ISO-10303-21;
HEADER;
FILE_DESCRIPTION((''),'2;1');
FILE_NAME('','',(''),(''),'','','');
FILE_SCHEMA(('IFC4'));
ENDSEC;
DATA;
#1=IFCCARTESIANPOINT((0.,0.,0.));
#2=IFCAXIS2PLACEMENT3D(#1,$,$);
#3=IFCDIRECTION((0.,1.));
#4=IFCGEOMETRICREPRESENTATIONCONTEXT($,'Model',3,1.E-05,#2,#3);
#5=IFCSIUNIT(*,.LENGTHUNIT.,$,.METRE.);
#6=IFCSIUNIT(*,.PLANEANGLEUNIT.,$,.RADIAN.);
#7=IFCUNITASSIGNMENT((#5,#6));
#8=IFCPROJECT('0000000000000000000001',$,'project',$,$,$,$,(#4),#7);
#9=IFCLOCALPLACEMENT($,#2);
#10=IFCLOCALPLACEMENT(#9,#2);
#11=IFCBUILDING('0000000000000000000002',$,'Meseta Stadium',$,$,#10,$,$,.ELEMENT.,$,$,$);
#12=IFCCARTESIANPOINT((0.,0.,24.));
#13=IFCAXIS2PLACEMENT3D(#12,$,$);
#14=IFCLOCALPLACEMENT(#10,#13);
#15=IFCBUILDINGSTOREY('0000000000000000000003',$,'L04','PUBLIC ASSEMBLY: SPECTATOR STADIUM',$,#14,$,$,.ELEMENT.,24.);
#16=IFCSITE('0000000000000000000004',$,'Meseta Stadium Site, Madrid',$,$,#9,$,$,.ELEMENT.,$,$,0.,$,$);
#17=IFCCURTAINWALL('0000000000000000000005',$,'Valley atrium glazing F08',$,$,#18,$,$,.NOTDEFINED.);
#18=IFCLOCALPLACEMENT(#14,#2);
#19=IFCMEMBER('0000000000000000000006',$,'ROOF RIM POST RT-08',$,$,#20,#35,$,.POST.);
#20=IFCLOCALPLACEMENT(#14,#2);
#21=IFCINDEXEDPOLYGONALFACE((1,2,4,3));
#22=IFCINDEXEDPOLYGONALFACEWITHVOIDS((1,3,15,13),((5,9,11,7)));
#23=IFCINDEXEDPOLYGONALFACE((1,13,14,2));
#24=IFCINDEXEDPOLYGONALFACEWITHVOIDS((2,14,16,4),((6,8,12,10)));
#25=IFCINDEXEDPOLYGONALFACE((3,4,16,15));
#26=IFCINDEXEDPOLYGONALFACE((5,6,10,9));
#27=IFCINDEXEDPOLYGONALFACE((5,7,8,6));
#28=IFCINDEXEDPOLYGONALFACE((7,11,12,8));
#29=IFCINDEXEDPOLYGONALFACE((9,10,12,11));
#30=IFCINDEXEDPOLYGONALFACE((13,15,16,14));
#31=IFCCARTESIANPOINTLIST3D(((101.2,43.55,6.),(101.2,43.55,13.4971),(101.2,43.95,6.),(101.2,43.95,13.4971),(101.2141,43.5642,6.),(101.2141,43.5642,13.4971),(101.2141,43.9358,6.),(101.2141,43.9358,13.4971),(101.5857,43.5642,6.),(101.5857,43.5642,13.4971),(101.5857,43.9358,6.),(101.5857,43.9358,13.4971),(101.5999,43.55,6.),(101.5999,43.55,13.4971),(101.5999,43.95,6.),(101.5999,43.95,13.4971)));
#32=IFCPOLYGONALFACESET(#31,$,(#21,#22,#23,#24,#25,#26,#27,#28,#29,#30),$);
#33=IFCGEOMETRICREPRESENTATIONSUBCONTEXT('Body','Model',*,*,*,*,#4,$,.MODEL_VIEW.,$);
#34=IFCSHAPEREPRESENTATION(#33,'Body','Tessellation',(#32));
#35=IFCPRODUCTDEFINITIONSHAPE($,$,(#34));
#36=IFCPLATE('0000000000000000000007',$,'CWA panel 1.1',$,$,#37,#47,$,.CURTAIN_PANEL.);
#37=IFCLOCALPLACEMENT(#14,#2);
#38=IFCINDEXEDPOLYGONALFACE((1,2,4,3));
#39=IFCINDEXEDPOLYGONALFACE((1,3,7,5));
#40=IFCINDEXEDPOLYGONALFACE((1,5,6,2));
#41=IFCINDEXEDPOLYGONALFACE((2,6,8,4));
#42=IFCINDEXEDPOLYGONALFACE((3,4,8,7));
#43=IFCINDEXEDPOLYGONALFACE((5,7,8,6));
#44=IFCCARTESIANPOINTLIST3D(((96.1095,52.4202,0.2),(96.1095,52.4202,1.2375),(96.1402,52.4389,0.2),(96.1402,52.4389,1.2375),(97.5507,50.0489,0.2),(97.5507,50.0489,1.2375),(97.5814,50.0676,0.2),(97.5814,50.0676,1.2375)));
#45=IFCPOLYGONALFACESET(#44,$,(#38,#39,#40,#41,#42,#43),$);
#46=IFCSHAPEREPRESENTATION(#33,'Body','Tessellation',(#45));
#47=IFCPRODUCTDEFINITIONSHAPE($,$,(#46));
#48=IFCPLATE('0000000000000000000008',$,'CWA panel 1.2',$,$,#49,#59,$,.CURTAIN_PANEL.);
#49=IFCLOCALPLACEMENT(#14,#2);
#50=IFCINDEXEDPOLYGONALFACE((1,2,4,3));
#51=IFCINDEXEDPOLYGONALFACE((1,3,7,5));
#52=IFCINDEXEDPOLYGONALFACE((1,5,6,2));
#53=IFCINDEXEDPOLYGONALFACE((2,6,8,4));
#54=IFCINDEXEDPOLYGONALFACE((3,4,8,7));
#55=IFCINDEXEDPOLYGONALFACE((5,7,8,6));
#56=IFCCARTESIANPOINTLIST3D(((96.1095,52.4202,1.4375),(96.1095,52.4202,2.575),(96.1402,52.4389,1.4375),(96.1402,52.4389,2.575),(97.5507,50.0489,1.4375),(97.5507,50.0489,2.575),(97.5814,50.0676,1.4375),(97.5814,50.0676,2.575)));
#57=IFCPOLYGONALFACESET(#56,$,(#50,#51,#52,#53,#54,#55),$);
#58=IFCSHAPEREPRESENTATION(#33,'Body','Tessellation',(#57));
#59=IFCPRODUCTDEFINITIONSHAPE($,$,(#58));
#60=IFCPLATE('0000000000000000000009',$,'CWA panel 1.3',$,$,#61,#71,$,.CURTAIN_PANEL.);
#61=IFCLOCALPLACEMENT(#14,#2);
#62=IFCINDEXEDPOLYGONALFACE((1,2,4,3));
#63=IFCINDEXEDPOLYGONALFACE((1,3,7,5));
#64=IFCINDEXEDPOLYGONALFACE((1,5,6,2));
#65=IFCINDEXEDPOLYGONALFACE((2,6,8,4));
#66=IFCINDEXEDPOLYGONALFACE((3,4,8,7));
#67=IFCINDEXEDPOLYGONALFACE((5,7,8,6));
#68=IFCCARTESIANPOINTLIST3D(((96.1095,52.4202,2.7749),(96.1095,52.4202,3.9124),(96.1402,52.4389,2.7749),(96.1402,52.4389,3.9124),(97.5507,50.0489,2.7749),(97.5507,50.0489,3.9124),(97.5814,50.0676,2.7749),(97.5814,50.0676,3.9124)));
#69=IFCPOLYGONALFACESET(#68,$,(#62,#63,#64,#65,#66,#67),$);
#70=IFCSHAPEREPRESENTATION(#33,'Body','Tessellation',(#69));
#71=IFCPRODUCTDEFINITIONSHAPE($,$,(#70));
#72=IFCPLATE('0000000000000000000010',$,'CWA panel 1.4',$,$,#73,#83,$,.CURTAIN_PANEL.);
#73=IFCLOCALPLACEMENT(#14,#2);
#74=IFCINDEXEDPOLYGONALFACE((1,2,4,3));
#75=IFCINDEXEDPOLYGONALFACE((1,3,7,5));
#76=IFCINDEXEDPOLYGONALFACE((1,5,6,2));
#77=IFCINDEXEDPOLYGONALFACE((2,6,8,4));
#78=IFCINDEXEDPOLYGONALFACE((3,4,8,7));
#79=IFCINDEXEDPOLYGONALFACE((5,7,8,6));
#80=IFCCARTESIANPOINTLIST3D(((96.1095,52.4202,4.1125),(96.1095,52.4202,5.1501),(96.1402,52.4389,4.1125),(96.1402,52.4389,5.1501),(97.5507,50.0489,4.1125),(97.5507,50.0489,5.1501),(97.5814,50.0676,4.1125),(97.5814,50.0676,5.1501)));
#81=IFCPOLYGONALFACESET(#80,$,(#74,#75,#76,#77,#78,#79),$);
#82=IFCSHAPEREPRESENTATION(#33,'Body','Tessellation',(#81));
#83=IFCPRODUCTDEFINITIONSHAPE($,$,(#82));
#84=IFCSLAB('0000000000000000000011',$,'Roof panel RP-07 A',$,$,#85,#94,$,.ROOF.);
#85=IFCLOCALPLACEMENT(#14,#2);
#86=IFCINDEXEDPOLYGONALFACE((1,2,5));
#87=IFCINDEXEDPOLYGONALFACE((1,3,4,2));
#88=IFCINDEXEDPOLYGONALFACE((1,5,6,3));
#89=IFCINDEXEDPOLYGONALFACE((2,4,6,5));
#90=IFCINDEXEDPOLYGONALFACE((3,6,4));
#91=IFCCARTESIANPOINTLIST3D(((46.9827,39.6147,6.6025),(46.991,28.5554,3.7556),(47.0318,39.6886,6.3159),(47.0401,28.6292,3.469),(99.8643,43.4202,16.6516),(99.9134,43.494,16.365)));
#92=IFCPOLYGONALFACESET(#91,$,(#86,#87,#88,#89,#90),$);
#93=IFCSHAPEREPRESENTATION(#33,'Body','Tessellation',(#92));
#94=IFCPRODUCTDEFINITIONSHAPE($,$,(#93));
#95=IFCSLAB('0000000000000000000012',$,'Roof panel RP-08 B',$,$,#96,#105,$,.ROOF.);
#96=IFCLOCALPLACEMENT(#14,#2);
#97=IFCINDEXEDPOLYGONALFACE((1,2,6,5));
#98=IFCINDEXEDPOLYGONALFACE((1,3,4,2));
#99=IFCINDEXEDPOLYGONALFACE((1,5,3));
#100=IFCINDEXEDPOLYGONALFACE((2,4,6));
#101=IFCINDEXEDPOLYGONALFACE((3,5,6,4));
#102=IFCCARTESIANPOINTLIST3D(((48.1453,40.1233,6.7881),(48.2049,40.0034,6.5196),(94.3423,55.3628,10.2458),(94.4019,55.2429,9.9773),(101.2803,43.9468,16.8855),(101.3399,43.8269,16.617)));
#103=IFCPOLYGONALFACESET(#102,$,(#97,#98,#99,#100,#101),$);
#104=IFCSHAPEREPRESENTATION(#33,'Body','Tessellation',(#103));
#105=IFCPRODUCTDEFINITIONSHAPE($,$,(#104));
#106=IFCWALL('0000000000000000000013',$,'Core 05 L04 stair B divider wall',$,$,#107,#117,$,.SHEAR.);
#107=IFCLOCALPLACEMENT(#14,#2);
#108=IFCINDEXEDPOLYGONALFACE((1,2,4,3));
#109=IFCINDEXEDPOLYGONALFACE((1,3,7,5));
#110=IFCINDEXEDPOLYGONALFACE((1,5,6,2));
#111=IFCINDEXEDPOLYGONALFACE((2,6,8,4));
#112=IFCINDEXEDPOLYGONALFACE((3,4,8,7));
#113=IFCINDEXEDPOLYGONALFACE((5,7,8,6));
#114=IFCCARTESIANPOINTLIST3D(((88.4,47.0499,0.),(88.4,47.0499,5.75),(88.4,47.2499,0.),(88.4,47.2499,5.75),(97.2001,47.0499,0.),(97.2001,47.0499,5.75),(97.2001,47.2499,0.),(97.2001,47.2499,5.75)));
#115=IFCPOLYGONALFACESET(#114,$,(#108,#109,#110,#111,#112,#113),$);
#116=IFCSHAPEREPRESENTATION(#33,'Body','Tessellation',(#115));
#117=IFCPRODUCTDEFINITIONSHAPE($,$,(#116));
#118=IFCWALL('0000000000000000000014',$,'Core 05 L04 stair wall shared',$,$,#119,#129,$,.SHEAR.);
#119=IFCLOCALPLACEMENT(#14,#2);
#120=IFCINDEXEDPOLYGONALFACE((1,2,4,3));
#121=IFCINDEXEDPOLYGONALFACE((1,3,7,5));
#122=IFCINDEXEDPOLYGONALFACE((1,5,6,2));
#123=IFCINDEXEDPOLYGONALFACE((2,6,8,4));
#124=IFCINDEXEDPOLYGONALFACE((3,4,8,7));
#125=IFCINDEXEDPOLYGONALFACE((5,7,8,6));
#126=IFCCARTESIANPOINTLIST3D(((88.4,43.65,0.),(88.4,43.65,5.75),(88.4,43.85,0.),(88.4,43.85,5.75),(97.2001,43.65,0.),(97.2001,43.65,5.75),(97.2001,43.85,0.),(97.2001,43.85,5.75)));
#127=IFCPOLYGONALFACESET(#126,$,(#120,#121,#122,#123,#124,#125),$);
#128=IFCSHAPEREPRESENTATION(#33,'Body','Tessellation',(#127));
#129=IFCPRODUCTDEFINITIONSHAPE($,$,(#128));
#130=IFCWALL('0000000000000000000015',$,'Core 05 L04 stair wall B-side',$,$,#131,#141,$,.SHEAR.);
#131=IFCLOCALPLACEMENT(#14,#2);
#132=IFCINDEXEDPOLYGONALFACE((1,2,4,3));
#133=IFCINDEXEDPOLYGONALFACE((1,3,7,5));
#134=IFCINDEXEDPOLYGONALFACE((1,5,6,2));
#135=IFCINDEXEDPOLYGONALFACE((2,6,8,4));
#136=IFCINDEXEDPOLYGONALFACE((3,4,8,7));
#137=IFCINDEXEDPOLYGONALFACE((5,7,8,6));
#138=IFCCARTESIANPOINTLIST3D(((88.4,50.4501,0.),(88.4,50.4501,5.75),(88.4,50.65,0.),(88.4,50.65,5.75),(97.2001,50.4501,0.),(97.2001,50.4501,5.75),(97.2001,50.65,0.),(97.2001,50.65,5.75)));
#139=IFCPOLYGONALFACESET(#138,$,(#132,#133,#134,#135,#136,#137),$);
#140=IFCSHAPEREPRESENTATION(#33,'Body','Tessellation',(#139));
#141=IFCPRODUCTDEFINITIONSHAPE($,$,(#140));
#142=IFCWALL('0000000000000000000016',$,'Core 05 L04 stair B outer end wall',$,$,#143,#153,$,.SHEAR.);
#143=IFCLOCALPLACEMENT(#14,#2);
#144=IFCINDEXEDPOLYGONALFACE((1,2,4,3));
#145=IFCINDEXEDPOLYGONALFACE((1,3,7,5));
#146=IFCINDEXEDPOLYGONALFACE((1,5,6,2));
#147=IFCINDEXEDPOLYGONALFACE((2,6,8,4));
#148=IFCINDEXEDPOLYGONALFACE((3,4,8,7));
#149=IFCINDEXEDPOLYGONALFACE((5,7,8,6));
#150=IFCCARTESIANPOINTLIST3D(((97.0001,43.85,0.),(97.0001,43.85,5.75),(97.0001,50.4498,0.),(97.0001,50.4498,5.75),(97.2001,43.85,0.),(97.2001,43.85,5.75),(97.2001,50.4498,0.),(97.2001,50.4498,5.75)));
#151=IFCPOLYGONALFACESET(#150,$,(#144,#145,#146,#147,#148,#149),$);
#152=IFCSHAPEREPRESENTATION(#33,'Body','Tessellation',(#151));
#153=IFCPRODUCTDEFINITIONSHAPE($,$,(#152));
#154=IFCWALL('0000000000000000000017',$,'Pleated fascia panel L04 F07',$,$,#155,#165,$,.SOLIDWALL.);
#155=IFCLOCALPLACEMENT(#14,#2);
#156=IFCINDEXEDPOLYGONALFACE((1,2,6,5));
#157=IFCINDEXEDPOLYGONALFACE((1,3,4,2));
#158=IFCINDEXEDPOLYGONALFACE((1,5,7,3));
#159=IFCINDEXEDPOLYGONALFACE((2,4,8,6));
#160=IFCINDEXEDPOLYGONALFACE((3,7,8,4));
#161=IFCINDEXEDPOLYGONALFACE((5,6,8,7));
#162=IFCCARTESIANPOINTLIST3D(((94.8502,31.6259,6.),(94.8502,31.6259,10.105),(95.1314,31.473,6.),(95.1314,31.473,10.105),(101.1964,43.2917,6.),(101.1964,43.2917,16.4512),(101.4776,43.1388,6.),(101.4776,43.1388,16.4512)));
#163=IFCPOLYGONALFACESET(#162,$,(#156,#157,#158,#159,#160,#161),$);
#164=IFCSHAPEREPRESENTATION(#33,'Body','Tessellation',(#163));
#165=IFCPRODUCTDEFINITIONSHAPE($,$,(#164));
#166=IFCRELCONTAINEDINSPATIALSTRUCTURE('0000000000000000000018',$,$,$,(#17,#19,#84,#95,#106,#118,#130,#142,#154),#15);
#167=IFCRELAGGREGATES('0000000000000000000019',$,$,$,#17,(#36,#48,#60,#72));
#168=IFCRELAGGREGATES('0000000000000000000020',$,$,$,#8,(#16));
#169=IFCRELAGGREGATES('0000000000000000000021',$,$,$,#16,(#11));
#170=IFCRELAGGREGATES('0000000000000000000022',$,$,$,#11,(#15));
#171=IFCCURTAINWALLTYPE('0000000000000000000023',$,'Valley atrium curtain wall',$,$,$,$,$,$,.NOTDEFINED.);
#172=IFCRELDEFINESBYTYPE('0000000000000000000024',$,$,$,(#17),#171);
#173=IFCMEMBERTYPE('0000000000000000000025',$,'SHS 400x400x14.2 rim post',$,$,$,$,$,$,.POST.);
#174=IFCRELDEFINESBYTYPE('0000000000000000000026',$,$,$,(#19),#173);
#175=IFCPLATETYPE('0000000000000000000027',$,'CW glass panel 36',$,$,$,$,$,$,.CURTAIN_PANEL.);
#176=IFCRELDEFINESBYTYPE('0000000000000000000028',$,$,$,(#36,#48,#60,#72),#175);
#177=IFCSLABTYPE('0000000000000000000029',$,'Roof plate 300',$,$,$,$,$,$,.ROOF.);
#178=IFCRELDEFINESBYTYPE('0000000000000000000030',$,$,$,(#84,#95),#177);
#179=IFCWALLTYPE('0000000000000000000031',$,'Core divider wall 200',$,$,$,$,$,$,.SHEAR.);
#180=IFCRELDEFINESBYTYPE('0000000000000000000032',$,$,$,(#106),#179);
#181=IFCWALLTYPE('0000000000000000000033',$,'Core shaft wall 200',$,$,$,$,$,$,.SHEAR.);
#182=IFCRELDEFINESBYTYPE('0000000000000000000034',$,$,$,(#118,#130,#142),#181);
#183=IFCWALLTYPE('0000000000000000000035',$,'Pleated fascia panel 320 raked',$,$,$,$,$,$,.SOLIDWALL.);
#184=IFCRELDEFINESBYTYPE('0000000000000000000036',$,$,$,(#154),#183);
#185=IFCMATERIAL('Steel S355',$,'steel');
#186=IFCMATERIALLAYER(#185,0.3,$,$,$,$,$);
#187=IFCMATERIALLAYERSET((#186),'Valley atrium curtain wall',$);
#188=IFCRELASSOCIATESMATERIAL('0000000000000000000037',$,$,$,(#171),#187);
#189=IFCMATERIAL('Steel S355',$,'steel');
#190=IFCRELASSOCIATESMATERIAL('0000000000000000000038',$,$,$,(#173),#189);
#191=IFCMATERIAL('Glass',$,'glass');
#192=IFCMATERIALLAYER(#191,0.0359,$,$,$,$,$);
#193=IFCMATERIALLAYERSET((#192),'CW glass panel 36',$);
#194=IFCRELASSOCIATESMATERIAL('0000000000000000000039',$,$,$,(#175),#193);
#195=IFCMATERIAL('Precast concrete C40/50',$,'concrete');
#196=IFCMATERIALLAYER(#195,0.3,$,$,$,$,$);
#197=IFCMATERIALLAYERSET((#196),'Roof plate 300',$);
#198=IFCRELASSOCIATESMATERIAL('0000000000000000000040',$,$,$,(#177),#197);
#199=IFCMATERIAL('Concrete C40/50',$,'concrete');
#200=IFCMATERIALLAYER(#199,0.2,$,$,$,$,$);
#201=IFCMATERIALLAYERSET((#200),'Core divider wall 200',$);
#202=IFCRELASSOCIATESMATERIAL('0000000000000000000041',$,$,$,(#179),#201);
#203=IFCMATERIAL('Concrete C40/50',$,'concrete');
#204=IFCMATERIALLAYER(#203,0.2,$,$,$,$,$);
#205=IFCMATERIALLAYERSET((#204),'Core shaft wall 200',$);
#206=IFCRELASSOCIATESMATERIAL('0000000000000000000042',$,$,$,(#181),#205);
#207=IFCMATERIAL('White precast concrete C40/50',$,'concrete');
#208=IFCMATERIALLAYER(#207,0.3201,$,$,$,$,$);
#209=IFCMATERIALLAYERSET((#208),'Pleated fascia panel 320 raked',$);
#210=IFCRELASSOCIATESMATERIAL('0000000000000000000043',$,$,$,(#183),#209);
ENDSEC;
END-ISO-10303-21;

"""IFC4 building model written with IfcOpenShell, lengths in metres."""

from ifc_helpers import new_model, si_unit, direction, frame, frame_2d, origin, origin_2d, place, context, subcontext, project, spatial, polyline, rectangle, hollow_rectangle, outline, extrude, material, layer, layer_set, material_profile, profile_set, type_object, element, aggregate, save


model = new_model("IFC4")

# Units and contexts
model_context = context("Model", 3, precision=1e-05, world=origin(), true_north=direction((0.0, 1.0)))
body_context = subcontext(model_context, "Body", "Model", "MODEL_VIEW")
ifc_project = project(units=[si_unit("LENGTHUNIT", "METRE"), si_unit("PLANEANGLEUNIT", "RADIAN")], contexts=[model_context])

# Site, building, storey
site_placement = place(None, origin())
site = spatial("IfcSite", under=ifc_project, at=site_placement, Name="Meseta Stadium Site, Madrid", CompositionType="ELEMENT", RefElevation=0.0)
building_placement = place(site_placement, origin())
building = spatial("IfcBuilding", under=site, at=building_placement, Name="Meseta Stadium", CompositionType="ELEMENT")
storey_placement = place(building_placement, frame((0.0, 0.0, 24.0)))
storey = spatial("IfcBuildingStorey", under=building, at=storey_placement, Name="L04", Description="PUBLIC ASSEMBLY: SPECTATOR STADIUM", CompositionType="ELEMENT", Elevation=24.0)

# Curtain wall
ifc_material_1 = material(Name="Steel S355", Category="steel")
ifc_layer_1 = layer(ifc_material_1, 0.3)
ifc_layer_set_1 = layer_set([ifc_layer_1], Name="Valley atrium curtain wall")
curtain_wall_type = type_object("IfcCurtainWallType", Name="Valley atrium curtain wall", PredefinedType="NOTDEFINED", material=ifc_layer_set_1)
curtain_wall_placement = place(storey_placement, origin())
curtain_wall = element("IfcCurtainWall", 1, at=curtain_wall_placement, inside=storey, type_object=curtain_wall_type, Name="Valley atrium glazing F08", PredefinedType="NOTDEFINED")

# Member
ifc_material_2 = material(Name="Steel S355", Category="steel")
ifc_material_profile_1 = material_profile(ifc_material_2, hollow_rectangle(XDim=0.3999, YDim=0.3999, WallThickness=0.0142, at=origin_2d()), Name="SHS 400x400x14.2")
ifc_profile_set_1 = profile_set([ifc_material_profile_1], Name="Steel S355")
member_type_1 = type_object("IfcMemberType", Name="SHS 400x400x14.2 rim post", PredefinedType="POST", material=ifc_profile_set_1)
member_1_placement = place(storey_placement, frame((101.3999, 43.75, 6.0), z_axis=(0.0, 0.0, 1.0), x_axis=(1.0, 0.0, 0.0)))
element("IfcMember", 2, at=member_1_placement, inside=storey, type_object=member_type_1, Name="ROOF RIM POST RT-08", PredefinedType="POST", context=body_context, shape_type="SweptSolid", body=[
    extrude(hollow_rectangle(XDim=0.3999, YDim=0.3999, WallThickness=0.0142, at=origin_2d()), origin(), (0.0, 0.0, 1.0), 7.4971),
])

# Plates
ifc_material_3 = material(Name="Glass", Category="glass")
ifc_layer_2 = layer(ifc_material_3, 0.0359)
ifc_layer_set_2 = layer_set([ifc_layer_2], Name="CW glass panel 36")
plate_type = type_object("IfcPlateType", Name="CW glass panel 36", PredefinedType="CURTAIN_PANEL", material=ifc_layer_set_2)
plate_1_placement = place(storey_placement, frame((96.8455, 51.2439, 0.2), z_axis=(0.0, 0.0, 1.0), x_axis=(-0.519362, 0.854554, 0.0)))
plate_1 = element("IfcPlate", 3, at=plate_1_placement, type_object=plate_type, Name="CWA panel 1.1", PredefinedType="CURTAIN_PANEL", context=body_context, shape_type="SweptSolid", body=[
    extrude(rectangle(XDim=2.7749, YDim=0.0359, at=origin_2d()), origin(), (0.0, 0.0, 1.0), 1.0376),
])
plate_2_placement = place(storey_placement, frame((96.8455, 51.2439, 1.4375), z_axis=(0.0, 0.0, 1.0), x_axis=(-0.519362, 0.854554, 0.0)))
plate_2 = element("IfcPlate", 4, at=plate_2_placement, type_object=plate_type, Name="CWA panel 1.2", PredefinedType="CURTAIN_PANEL", context=body_context, shape_type="SweptSolid", body=[
    extrude(rectangle(XDim=2.7749, YDim=0.0359, at=origin_2d()), origin(), (0.0, 0.0, 1.0), 1.1375),
])
plate_3_placement = place(storey_placement, frame((96.8455, 51.2439, 2.7749), z_axis=(0.0, 0.0, 1.0), x_axis=(-0.519362, 0.854554, 0.0)))
plate_3 = element("IfcPlate", 5, at=plate_3_placement, type_object=plate_type, Name="CWA panel 1.3", PredefinedType="CURTAIN_PANEL", context=body_context, shape_type="SweptSolid", body=[
    extrude(rectangle(XDim=2.7749, YDim=0.0359, at=origin_2d()), origin(), (0.0, 0.0, 1.0), 1.1375),
])
plate_4_placement = place(storey_placement, frame((96.8455, 51.2439, 4.1125), z_axis=(0.0, 0.0, 1.0), x_axis=(-0.519362, 0.854554, 0.0)))
plate_4 = element("IfcPlate", 6, at=plate_4_placement, type_object=plate_type, Name="CWA panel 1.4", PredefinedType="CURTAIN_PANEL", context=body_context, shape_type="SweptSolid", body=[
    extrude(rectangle(XDim=2.7749, YDim=0.0359, at=origin_2d()), origin(), (0.0, 0.0, 1.0), 1.0376),
])
aggregate(curtain_wall, [plate_1, plate_2, plate_3, plate_4])

# Slabs
ifc_material_4 = material(Name="Precast concrete C40/50", Category="concrete")
ifc_layer_3 = layer(ifc_material_4, 0.3)
ifc_layer_set_3 = layer_set([ifc_layer_3], Name="Roof plate 300")
slab_type = type_object("IfcSlabType", Name="Roof plate 300", PredefinedType="ROOF", material=ifc_layer_set_3)
slab_1_placement = place(storey_placement, frame((99.8643, 43.4202, 16.6516), z_axis=(-0.163832, -0.246042, 0.955313), x_axis=(-0.937191, -0.263481, -0.228584)))
element("IfcSlab", 7, at=slab_1_placement, inside=storey, type_object=slab_type, Name="Roof panel RP-07 A", PredefinedType="ROOF", context=body_context, shape_type="SweptSolid", body=[
    extrude(outline(polyline([(0.0, 0.0), (56.4168, 0.0), (52.8599, -10.8518), (0.0, 0.0)])), origin(), (0.0, 0.0, -1.0), 0.3),
])
slab_2_placement = place(storey_placement, frame((101.2803, 43.9468, 16.8855), z_axis=(-0.198809, 0.399632, 0.894857), x_axis=(-0.979973, -0.070517, -0.186227)))
element("IfcSlab", 8, at=slab_2_placement, inside=storey, type_object=slab_type, Name="Roof panel RP-08 B", PredefinedType="ROOF", context=body_context, shape_type="SweptSolid", body=[
    extrude(outline(polyline([(0.0, 0.0), (54.2209, 0.0), (7.2305, -13.0486), (0.0, 0.0)])), origin(), (0.0, 0.0, -1.0), 0.3),
])

# Walls
ifc_material_5 = material(Name="Concrete C40/50", Category="concrete")
ifc_layer_4 = layer(ifc_material_5, 0.2)
ifc_layer_set_4 = layer_set([ifc_layer_4], Name="Core divider wall 200")
wall_type_1 = type_object("IfcWallType", Name="Core divider wall 200", PredefinedType="SHEAR", material=ifc_layer_set_4)
wall_1_placement = place(storey_placement, frame((97.2, 47.1499, 0.0), z_axis=(0.0, 0.0, 1.0), x_axis=(-1.0, 0.0, 0.0)))
element("IfcWall", 9, at=wall_1_placement, inside=storey, type_object=wall_type_1, Name="Core 05 L04 stair B divider wall", PredefinedType="SHEAR", context=body_context, shape_type="SweptSolid", body=[
    extrude(rectangle(XDim=8.8, YDim=0.2, at=frame_2d((4.3999, 0.0))), origin(), (0.0, 0.0, 1.0), 5.75),
])
ifc_material_6 = material(Name="Concrete C40/50", Category="concrete")
ifc_layer_5 = layer(ifc_material_6, 0.2)
ifc_layer_set_5 = layer_set([ifc_layer_5], Name="Core shaft wall 200")
wall_type_2 = type_object("IfcWallType", Name="Core shaft wall 200", PredefinedType="SHEAR", material=ifc_layer_set_5)
for number, where, z_axis, x_axis, name in (
    (10, (97.2, 43.75, 0.0), (0.0, 0.0, 1.0), (-1.0, 0.0, 0.0), "Core 05 L04 stair wall shared"),
    (11, (97.2, 50.55, 0.0), (0.0, 0.0, 1.0), (-1.0, 0.0, 0.0), "Core 05 L04 stair wall B-side"),
):
    element("IfcWall", number, at=place(storey_placement, frame(where, z_axis=z_axis, x_axis=x_axis)), inside=storey, type_object=wall_type_2, Name=name, PredefinedType="SHEAR", context=body_context, shape_type="SweptSolid", body=[
        extrude(rectangle(XDim=8.8, YDim=0.2, at=frame_2d((4.3999, 0.0))), origin(), (0.0, 0.0, 1.0), 5.75),
    ])
wall_2_placement = place(storey_placement, frame((97.1001, 43.8501, 0.0), z_axis=(0.0, 0.0, 1.0), x_axis=(0.0, 1.0, 0.0)))
element("IfcWall", 12, at=wall_2_placement, inside=storey, type_object=wall_type_2, Name="Core 05 L04 stair B outer end wall", PredefinedType="SHEAR", context=body_context, shape_type="SweptSolid", body=[
    extrude(rectangle(XDim=6.5999, YDim=0.2, at=frame_2d((3.2998, 0.0))), origin(), (0.0, 0.0, 1.0), 5.75),
])
ifc_material_7 = material(Name="White precast concrete C40/50", Category="concrete")
ifc_layer_6 = layer(ifc_material_7, 0.3201)
ifc_layer_set_6 = layer_set([ifc_layer_6], Name="Pleated fascia panel 320 raked")
wall_type_3 = type_object("IfcWallType", Name="Pleated fascia panel 320 raked", PredefinedType="SOLIDWALL", material=ifc_layer_set_6)
wall_3_placement = place(storey_placement, frame((101.3369, 43.2153, 6.0), z_axis=(0.0, 0.0, 1.0), x_axis=(-0.477868, -0.878432, 0.0)))
element("IfcWall", 13, at=wall_3_placement, inside=storey, type_object=wall_type_3, Name="Pleated fascia panel L04 F07", PredefinedType="SOLIDWALL", context=body_context, shape_type="SweptSolid", body=[
    extrude(outline(polyline([(0.0, 0.0), (13.2803, 0.0), (13.2803, 4.105), (0.0, 10.4512), (0.0, 0.0)])), frame((0.0, 0.1602, 0.0), z_axis=(0.0, -1.0, 0.0), x_axis=(1.0, 0.0, 0.0)), (0.0, 0.0, 1.0), 0.3201),
])

save(model, "model.ifc")
